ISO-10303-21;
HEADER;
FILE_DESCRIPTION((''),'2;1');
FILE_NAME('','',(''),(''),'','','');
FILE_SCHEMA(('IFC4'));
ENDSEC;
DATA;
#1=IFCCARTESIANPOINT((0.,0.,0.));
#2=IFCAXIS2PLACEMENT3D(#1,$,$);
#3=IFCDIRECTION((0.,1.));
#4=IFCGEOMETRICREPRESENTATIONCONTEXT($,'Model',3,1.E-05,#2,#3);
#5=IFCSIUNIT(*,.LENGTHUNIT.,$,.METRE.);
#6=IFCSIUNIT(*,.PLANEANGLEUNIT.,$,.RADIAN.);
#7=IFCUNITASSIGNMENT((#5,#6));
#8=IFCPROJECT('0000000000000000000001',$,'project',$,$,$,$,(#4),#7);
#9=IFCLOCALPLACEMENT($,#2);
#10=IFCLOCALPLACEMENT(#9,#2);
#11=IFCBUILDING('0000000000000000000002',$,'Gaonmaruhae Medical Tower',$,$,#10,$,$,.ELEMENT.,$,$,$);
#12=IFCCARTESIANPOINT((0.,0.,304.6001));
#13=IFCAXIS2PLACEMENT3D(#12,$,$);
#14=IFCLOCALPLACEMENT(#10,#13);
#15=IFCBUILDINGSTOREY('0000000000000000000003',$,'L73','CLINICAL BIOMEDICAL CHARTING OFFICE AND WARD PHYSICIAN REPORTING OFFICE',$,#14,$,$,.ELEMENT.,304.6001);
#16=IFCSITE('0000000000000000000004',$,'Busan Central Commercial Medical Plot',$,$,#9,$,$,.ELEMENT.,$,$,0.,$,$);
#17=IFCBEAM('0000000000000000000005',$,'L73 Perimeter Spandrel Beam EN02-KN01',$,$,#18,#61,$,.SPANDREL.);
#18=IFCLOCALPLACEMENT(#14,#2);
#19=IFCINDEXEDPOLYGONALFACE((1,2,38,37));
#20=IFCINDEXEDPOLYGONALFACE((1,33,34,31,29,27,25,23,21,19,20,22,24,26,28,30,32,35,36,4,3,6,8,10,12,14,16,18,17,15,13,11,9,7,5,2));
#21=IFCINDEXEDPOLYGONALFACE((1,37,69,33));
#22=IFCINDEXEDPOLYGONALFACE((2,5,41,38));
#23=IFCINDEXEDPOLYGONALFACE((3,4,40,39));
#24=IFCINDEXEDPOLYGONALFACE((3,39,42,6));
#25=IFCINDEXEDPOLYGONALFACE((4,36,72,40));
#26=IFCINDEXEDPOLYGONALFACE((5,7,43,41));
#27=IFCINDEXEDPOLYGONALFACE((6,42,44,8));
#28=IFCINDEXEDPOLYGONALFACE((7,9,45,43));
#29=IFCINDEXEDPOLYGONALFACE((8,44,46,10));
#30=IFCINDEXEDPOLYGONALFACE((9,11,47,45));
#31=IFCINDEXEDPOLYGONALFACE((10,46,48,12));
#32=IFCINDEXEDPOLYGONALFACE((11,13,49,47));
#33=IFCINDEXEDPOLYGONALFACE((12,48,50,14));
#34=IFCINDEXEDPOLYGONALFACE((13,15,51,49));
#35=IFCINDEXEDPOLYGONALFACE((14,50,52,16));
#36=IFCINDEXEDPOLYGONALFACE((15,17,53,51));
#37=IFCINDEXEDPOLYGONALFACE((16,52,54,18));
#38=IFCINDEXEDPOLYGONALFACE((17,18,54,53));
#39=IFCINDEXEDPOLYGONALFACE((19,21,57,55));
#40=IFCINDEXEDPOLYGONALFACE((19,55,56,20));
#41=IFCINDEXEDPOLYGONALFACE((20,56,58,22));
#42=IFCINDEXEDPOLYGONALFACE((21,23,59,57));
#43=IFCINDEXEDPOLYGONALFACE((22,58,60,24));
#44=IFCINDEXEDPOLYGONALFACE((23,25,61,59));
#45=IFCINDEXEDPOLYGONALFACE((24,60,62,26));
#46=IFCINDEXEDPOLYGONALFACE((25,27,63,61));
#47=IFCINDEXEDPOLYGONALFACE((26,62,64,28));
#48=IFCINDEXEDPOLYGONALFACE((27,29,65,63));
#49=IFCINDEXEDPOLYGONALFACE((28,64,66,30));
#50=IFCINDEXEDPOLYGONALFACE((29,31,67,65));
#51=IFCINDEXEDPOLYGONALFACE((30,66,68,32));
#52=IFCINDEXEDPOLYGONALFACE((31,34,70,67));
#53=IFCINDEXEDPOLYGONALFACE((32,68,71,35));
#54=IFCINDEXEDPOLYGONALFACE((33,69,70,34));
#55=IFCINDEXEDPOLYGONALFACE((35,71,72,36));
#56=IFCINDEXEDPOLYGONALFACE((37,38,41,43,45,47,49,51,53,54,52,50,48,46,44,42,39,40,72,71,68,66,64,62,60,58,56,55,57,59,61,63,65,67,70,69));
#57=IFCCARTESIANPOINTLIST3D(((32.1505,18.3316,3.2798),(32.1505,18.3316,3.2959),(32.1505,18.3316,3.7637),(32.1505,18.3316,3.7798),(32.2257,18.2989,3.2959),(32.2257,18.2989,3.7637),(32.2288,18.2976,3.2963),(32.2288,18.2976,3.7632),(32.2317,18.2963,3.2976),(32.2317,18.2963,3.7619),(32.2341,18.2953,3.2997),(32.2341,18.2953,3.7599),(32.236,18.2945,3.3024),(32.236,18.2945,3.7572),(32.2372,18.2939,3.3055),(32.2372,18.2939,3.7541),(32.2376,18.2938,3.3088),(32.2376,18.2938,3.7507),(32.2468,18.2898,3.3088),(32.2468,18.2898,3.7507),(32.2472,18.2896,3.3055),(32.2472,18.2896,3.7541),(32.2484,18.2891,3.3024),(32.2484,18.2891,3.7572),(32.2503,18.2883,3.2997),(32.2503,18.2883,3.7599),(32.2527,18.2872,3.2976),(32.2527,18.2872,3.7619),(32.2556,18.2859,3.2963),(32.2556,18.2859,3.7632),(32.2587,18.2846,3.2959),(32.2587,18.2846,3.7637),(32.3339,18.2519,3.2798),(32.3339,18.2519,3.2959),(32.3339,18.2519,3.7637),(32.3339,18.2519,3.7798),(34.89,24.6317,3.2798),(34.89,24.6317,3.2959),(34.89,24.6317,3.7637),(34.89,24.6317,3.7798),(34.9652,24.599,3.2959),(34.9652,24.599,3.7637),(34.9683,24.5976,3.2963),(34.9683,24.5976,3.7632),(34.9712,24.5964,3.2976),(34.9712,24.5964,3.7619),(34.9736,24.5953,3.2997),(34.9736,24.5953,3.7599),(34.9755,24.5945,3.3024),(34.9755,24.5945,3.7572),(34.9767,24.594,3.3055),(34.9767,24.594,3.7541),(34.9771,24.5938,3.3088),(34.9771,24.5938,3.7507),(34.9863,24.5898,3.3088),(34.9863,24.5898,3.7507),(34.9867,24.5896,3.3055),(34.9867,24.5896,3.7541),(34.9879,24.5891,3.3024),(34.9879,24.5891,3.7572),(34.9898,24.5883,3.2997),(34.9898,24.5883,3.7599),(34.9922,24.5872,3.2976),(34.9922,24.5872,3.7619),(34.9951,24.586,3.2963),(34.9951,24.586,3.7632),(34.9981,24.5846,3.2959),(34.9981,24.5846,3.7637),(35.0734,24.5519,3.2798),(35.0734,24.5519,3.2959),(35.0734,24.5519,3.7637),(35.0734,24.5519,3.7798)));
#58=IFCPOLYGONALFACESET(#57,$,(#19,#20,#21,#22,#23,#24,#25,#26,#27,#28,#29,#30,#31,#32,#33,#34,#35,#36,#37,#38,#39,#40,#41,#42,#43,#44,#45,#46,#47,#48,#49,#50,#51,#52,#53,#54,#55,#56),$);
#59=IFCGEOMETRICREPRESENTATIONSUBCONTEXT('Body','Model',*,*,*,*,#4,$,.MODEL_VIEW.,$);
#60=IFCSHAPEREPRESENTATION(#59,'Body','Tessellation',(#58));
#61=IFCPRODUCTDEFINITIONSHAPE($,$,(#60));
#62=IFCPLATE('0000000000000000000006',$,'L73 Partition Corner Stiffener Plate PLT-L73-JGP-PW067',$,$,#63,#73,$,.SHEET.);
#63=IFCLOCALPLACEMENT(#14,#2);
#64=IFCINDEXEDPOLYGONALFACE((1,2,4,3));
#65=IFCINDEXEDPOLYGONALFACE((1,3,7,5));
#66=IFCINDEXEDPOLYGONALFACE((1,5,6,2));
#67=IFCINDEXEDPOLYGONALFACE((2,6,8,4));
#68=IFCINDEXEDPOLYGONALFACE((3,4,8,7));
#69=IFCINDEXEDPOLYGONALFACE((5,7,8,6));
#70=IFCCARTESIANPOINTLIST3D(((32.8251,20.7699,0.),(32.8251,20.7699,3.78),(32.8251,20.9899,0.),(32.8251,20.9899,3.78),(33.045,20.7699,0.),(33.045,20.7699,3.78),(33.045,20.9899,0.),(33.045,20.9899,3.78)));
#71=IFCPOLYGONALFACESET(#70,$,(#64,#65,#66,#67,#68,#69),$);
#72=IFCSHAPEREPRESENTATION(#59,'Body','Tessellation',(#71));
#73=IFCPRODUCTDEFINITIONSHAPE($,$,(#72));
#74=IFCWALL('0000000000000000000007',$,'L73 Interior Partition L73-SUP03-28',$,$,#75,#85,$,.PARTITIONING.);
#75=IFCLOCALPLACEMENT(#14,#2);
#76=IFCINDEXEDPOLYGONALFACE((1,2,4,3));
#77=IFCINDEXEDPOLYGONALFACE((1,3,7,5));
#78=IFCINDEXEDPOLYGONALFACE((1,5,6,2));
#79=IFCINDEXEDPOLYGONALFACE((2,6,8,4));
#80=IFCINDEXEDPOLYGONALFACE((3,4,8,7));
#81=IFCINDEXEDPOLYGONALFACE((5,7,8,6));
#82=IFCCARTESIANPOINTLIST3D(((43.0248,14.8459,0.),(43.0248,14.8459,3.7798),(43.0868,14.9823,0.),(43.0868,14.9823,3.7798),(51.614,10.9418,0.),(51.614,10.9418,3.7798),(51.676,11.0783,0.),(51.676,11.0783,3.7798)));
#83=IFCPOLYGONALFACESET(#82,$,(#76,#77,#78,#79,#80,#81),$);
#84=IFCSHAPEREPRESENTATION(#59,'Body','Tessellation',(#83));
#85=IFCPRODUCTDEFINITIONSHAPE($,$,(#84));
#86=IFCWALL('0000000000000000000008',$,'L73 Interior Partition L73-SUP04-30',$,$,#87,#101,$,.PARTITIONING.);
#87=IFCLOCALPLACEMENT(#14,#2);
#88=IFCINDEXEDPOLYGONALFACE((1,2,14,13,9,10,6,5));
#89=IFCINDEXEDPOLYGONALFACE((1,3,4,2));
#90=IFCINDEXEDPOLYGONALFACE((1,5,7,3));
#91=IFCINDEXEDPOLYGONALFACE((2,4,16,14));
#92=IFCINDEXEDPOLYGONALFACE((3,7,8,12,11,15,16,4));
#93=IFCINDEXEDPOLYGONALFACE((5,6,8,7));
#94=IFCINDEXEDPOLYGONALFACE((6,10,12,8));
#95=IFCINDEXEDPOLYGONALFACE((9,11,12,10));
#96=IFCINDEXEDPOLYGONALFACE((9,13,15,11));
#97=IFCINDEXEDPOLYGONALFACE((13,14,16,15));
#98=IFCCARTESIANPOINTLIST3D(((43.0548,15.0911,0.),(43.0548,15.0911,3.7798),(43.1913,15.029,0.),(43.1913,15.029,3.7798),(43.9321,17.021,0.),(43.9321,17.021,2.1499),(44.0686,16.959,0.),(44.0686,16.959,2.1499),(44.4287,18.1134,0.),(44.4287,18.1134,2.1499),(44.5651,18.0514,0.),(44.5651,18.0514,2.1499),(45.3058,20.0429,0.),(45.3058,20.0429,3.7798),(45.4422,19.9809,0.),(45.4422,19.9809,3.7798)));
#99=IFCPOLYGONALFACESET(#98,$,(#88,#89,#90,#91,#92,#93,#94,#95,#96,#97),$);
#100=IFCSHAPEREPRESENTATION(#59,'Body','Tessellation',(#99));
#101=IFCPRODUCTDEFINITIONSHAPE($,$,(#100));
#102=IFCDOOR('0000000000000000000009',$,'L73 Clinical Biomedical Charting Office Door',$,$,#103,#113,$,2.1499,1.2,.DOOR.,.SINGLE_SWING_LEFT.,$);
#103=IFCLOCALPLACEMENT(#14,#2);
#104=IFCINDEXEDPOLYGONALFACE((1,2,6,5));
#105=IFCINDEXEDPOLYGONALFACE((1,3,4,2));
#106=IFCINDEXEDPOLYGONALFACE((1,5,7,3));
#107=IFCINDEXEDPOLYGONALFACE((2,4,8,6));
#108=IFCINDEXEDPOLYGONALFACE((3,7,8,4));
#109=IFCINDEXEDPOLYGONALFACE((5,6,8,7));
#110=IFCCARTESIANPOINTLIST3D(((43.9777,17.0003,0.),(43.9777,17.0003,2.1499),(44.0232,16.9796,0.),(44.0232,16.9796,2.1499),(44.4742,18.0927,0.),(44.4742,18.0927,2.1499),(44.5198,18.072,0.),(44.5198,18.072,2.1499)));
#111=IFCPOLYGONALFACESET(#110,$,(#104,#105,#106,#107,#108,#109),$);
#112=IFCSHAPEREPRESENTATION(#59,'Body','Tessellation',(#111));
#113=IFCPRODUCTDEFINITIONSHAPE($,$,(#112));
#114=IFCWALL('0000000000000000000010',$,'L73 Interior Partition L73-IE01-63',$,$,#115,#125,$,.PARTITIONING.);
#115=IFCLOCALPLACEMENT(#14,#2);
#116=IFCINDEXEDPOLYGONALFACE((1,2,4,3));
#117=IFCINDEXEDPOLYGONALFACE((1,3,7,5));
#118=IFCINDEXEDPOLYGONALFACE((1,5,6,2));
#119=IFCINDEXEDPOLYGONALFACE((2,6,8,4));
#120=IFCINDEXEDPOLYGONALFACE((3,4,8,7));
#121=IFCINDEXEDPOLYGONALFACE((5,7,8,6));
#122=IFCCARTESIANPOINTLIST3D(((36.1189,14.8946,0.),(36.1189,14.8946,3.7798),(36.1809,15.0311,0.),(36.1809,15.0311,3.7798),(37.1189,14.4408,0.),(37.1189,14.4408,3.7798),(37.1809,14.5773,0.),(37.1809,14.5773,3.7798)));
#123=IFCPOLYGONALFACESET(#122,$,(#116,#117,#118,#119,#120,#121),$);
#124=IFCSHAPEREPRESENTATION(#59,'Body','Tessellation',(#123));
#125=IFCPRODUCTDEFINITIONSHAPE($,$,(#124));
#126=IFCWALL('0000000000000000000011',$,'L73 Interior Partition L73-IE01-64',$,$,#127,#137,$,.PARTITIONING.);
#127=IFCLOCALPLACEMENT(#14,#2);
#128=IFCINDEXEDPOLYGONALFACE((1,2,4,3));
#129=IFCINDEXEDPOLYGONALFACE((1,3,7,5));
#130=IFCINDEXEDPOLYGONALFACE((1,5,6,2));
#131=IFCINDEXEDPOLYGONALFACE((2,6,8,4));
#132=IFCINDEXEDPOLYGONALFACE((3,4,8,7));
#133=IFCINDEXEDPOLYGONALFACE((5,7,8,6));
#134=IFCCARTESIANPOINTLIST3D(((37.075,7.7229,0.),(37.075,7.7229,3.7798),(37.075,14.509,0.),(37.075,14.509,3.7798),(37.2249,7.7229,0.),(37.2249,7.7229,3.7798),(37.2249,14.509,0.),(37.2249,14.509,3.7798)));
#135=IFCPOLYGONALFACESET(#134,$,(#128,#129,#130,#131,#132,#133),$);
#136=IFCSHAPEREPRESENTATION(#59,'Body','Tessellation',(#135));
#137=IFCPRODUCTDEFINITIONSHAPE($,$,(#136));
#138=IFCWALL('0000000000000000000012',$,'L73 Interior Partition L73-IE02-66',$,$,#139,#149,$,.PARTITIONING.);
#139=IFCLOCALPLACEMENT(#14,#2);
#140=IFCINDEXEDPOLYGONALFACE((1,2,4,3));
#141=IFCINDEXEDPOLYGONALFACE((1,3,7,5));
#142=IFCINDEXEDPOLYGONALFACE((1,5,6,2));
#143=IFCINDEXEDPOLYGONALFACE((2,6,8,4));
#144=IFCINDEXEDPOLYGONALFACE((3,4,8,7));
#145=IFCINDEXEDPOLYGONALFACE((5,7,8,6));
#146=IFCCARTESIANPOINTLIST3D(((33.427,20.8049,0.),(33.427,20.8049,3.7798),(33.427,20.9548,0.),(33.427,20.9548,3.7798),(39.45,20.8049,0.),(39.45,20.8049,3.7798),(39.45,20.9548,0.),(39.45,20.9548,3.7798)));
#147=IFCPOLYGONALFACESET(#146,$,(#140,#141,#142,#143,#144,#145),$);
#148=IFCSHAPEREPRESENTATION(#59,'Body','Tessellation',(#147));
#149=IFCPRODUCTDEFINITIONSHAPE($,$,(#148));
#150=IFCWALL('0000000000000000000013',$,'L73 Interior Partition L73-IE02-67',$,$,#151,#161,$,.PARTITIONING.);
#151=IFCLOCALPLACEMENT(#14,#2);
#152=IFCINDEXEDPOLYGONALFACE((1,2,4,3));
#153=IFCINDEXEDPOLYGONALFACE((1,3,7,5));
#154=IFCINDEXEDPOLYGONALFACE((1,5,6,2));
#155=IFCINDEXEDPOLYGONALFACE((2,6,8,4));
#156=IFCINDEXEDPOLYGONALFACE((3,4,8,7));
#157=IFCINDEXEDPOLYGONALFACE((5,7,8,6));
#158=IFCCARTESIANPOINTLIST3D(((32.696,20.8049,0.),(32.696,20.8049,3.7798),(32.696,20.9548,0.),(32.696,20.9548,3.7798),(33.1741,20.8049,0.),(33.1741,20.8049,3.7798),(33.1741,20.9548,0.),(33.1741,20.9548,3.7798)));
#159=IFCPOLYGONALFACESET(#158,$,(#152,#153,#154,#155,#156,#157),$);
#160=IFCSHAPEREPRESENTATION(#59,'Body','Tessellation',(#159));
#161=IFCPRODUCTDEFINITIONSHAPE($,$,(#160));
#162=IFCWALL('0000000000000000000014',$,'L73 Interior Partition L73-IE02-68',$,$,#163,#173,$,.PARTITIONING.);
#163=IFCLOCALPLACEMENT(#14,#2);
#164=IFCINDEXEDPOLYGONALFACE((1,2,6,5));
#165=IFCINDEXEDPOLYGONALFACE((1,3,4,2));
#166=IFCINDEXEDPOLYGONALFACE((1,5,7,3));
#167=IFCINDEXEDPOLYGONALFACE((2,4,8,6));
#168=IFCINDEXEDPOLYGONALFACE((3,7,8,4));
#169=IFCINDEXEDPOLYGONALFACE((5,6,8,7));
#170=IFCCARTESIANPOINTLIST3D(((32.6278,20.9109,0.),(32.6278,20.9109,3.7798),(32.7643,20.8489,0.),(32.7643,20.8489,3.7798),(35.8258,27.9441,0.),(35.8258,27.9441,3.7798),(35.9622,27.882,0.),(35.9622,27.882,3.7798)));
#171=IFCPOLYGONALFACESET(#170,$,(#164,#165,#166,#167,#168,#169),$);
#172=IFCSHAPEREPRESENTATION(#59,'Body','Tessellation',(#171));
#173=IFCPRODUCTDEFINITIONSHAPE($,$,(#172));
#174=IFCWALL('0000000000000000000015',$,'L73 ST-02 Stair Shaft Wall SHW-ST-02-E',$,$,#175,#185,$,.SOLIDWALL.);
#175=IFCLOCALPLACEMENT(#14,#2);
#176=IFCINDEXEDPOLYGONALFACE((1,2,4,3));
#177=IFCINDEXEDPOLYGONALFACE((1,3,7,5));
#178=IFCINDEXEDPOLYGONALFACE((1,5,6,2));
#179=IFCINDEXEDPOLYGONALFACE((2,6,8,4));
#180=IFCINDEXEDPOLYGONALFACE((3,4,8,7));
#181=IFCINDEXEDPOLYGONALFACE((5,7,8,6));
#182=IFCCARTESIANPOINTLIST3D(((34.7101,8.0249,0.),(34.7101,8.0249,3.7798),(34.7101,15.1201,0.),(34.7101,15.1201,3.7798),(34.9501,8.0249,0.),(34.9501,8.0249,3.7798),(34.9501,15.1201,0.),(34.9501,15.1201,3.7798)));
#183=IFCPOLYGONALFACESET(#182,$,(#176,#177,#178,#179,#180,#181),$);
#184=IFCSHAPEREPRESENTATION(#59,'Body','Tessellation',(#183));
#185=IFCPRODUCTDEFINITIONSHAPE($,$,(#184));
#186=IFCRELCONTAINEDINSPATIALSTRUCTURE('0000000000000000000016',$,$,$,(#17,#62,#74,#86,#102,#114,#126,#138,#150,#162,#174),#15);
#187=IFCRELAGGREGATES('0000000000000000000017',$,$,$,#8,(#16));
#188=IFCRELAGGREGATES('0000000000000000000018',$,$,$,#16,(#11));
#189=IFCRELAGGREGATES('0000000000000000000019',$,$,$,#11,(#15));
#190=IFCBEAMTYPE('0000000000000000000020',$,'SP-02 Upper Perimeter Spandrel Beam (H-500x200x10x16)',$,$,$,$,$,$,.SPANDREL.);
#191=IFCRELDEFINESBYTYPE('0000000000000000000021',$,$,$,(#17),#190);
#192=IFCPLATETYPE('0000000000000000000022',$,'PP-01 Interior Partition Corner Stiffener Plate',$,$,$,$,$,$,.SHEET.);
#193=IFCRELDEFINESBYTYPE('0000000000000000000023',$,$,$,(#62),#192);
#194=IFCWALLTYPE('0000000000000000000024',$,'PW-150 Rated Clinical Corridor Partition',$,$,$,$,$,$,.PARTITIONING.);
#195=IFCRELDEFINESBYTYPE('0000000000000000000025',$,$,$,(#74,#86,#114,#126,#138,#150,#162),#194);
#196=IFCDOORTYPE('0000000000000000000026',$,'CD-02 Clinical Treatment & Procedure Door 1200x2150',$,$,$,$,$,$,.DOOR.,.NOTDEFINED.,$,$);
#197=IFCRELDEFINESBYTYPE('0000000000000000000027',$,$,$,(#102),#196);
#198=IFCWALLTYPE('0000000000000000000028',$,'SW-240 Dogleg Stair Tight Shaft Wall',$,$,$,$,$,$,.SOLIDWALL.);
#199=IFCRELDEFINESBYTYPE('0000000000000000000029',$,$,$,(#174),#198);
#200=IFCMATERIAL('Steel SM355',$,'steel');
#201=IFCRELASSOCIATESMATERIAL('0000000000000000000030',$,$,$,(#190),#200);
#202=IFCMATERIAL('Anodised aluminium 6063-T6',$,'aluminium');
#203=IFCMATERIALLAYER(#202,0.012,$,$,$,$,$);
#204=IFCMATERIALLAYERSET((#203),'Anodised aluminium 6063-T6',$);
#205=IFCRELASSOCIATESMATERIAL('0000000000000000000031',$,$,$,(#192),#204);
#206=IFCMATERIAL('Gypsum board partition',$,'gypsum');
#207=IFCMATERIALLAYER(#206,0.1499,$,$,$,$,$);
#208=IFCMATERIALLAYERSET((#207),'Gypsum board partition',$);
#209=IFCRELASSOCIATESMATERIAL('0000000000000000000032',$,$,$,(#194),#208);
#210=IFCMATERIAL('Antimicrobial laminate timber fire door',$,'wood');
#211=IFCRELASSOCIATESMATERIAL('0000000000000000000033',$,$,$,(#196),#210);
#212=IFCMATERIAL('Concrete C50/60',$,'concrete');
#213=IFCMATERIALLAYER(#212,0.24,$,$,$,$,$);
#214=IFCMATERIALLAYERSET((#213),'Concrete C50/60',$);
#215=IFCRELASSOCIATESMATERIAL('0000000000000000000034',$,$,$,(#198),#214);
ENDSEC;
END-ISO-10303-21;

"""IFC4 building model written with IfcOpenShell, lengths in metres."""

from ifc_helpers import new_model, si_unit, direction, frame, frame_2d, origin, origin_2d, place, context, subcontext, project, spatial, rectangle, i_section, extrude, material, layer, layer_set, material_profile, profile_set, type_object, element, fill, save


model = new_model("IFC4")

# Units and contexts
model_context = context("Model", 3, precision=1e-05, world=origin(), true_north=direction((0.0, 1.0)))
body_context = subcontext(model_context, "Body", "Model", "MODEL_VIEW")
ifc_project = project(units=[si_unit("LENGTHUNIT", "METRE"), si_unit("PLANEANGLEUNIT", "RADIAN")], contexts=[model_context])

# Site, building, storey
site_placement = place(None, origin())
site = spatial("IfcSite", under=ifc_project, at=site_placement, Name="Busan Central Commercial Medical Plot", CompositionType="ELEMENT", RefElevation=0.0)
building_placement = place(site_placement, origin())
building = spatial("IfcBuilding", under=site, at=building_placement, Name="Gaonmaruhae Medical Tower", CompositionType="ELEMENT")
storey_placement = place(building_placement, frame((0.0, 0.0, 304.6001)))
storey = spatial("IfcBuildingStorey", under=building, at=storey_placement, Name="L73", Description="CLINICAL BIOMEDICAL CHARTING OFFICE AND WARD PHYSICIAN REPORTING OFFICE", CompositionType="ELEMENT", Elevation=304.6001)

# Shared definitions
ifc_material_1 = material(Name="Concrete C50/60", Category="concrete")

# Beam
ifc_material_2 = material(Name="Steel SM355", Category="steel")
ifc_material_profile_1 = material_profile(ifc_material_2, i_section(OverallWidth=0.2, OverallDepth=0.5, WebThickness=0.01, FlangeThickness=0.0161, FilletRadius=0.0129, at=origin_2d()), Name="H-500x200x10x16")
ifc_profile_set_1 = profile_set([ifc_material_profile_1], Name="Steel SM355")
beam_type_1 = type_object("IfcBeamType", Name="SP-02 Upper Perimeter Spandrel Beam (H-500x200x10x16)", PredefinedType="SPANDREL", material=ifc_profile_set_1)
beam_1_placement = place(storey_placement, frame((34.9817, 24.5918, 3.5298), z_axis=(-0.398769, -0.917051, 0.0), x_axis=(0.917051, -0.398769, 0.0)))
element("IfcBeam", 1, at=beam_1_placement, inside=storey, type_object=beam_type_1, Name="L73 Perimeter Spandrel Beam EN02-KN01", PredefinedType="SPANDREL", context=body_context, shape_type="SweptSolid", body=[
    extrude(i_section(OverallWidth=0.2, OverallDepth=0.5, WebThickness=0.01, FlangeThickness=0.0161, FilletRadius=0.0129, at=origin_2d()), origin(), (0.0, 0.0, 1.0), 6.8699),
])

# Plate
ifc_material_3 = material(Name="Anodised aluminium 6063-T6", Category="aluminium")
ifc_layer_1 = layer(ifc_material_3, 0.012)
ifc_layer_set_1 = layer_set([ifc_layer_1], Name="Anodised aluminium 6063-T6")
plate_type = type_object("IfcPlateType", Name="PP-01 Interior Partition Corner Stiffener Plate", PredefinedType="SHEET", material=ifc_layer_set_1)
plate_placement = place(storey_placement, frame((32.9351, 20.8799, 0.0), z_axis=(0.0, 0.0, 1.0), x_axis=(-1.0, 0.0, 0.0)))
element("IfcPlate", 2, at=plate_placement, inside=storey, type_object=plate_type, Name="L73 Partition Corner Stiffener Plate PLT-L73-JGP-PW067", PredefinedType="SHEET", context=body_context, shape_type="SweptSolid", body=[
    extrude(rectangle(XDim=0.22, YDim=0.22, at=origin_2d()), origin(), (0.0, 0.0, 1.0), 3.78),
])

# Wall
ifc_material_4 = material(Name="Gypsum board partition", Category="gypsum")
ifc_layer_2 = layer(ifc_material_4, 0.1499)
ifc_layer_set_2 = layer_set([ifc_layer_2], Name="Gypsum board partition")
wall_type_1 = type_object("IfcWallType", Name="PW-150 Rated Clinical Corridor Partition", PredefinedType="PARTITIONING", material=ifc_layer_set_2)
wall_1_placement = place(storey_placement, frame((43.0559, 14.9141, 0.0), z_axis=(0.0, 0.0, 1.0), x_axis=(0.91037, -0.413795, 0.0)))
element("IfcWall", 3, at=wall_1_placement, inside=storey, type_object=wall_type_1, Name="L73 Interior Partition L73-SUP03-28", PredefinedType="PARTITIONING", context=body_context, shape_type="SweptSolid", body=[
    extrude(rectangle(XDim=9.4348, YDim=0.1499, at=frame_2d((4.7173, 0.0))), origin(), (0.0, 0.0, 1.0), 3.7798),
])

# Wall, opening, door
wall_2_placement = place(storey_placement, frame((43.123, 15.0601, 0.0), z_axis=(0.0, 0.0, 1.0), x_axis=(0.41382, 0.910359, 0.0)))
wall_2 = element("IfcWall", 4, at=wall_2_placement, inside=storey, type_object=wall_type_1, Name="L73 Interior Partition L73-SUP04-30", PredefinedType="PARTITIONING", context=body_context, shape_type="SweptSolid", body=[
    extrude(rectangle(XDim=5.4395, YDim=0.1499, at=frame_2d((2.7197, 0.0))), origin(), (0.0, 0.0, 1.0), 3.7798),
])
opening_placement = place(wall_2_placement, frame((2.1199, 0.0, 0.0)))
opening = element("IfcOpeningElement", 5, at=opening_placement, cuts=wall_2, PredefinedType="OPENING", context=body_context, shape_type="SweptSolid", body=[
    extrude(rectangle(XDim=1.2, YDim=2.1499, at=frame_2d((0.6001, 1.075))), frame((0.0, 0.085, 0.0), z_axis=(0.0, -1.0, 0.0), x_axis=(1.0, 0.0, 0.0)), (0.0, 0.0, 1.0), 0.1699),
])
ifc_material_5 = material(Name="Antimicrobial laminate timber fire door", Category="wood")
door_type = type_object("IfcDoorType", Name="CD-02 Clinical Treatment & Procedure Door 1200x2150", OperationType="NOTDEFINED", PredefinedType="DOOR", material=ifc_material_5)
door_placement = place(opening_placement, origin())
door = element("IfcDoor", 6, at=door_placement, inside=storey, type_object=door_type, Name="L73 Clinical Biomedical Charting Office Door", OperationType="SINGLE_SWING_LEFT", OverallHeight=2.1499, OverallWidth=1.2, PredefinedType="DOOR", context=body_context, shape_type="SweptSolid", body=[
    extrude(rectangle(XDim=1.2, YDim=2.1499, at=frame_2d((0.6001, 1.075))), frame((0.0, 0.0249, 0.0), z_axis=(0.0, -1.0, 0.0), x_axis=(1.0, 0.0, 0.0)), (0.0, 0.0, 1.0), 0.05),
])
fill(opening, door)

# Walls
wall_3_placement = place(storey_placement, frame((36.1499, 14.9629, 0.0), z_axis=(0.0, 0.0, 1.0), x_axis=(0.910602, -0.413284, 0.0)))
element("IfcWall", 7, at=wall_3_placement, inside=storey, type_object=wall_type_1, Name="L73 Interior Partition L73-IE01-63", PredefinedType="PARTITIONING", context=body_context, shape_type="SweptSolid", body=[
    extrude(rectangle(XDim=1.0981, YDim=0.1499, at=frame_2d((0.5491, 0.0))), origin(), (0.0, 0.0, 1.0), 3.7798),
])
wall_4_placement = place(storey_placement, frame((37.1499, 14.509, 0.0), z_axis=(0.0, 0.0, 1.0), x_axis=(0.0, -1.0, 0.0)))
element("IfcWall", 8, at=wall_4_placement, inside=storey, type_object=wall_type_1, Name="L73 Interior Partition L73-IE01-64", PredefinedType="PARTITIONING", context=body_context, shape_type="SweptSolid", body=[
    extrude(rectangle(XDim=6.7861, YDim=0.1499, at=frame_2d((3.3931, 0.0))), origin(), (0.0, 0.0, 1.0), 3.7798),
])
wall_5_placement = place(storey_placement, frame((39.45, 20.8799, 0.0), z_axis=(0.0, 0.0, 1.0), x_axis=(-1.0, 0.0, 0.0)))
element("IfcWall", 9, at=wall_5_placement, inside=storey, type_object=wall_type_1, Name="L73 Interior Partition L73-IE02-66", PredefinedType="PARTITIONING", context=body_context, shape_type="SweptSolid", body=[
    extrude(rectangle(XDim=6.0229, YDim=0.1499, at=frame_2d((3.0115, 0.0))), origin(), (0.0, 0.0, 1.0), 3.7798),
])
wall_6_placement = place(storey_placement, frame((33.1741, 20.8799, 0.0), z_axis=(0.0, 0.0, 1.0), x_axis=(-1.0, 0.0, 0.0)))
element("IfcWall", 10, at=wall_6_placement, inside=storey, type_object=wall_type_1, Name="L73 Interior Partition L73-IE02-67", PredefinedType="PARTITIONING", context=body_context, shape_type="SweptSolid", body=[
    extrude(rectangle(XDim=0.478, YDim=0.1499, at=frame_2d((0.239, 0.0))), origin(), (0.0, 0.0, 1.0), 3.7798),
])
wall_7_placement = place(storey_placement, frame((32.696, 20.8799, 0.0), z_axis=(0.0, 0.0, 1.0), x_axis=(0.41392, 0.910313, 0.0)))
element("IfcWall", 11, at=wall_7_placement, inside=storey, type_object=wall_type_1, Name="L73 Interior Partition L73-IE02-68", PredefinedType="PARTITIONING", context=body_context, shape_type="SweptSolid", body=[
    extrude(rectangle(XDim=7.7261, YDim=0.1499, at=frame_2d((3.863, 0.0))), origin(), (0.0, 0.0, 1.0), 3.7798),
])
ifc_layer_3 = layer(ifc_material_1, 0.24)
ifc_layer_set_3 = layer_set([ifc_layer_3], Name="Concrete C50/60")
wall_type_2 = type_object("IfcWallType", Name="SW-240 Dogleg Stair Tight Shaft Wall", PredefinedType="SOLIDWALL", material=ifc_layer_set_3)
wall_8_placement = place(storey_placement, frame((34.8301, 15.1201, 0.0), z_axis=(0.0, 0.0, 1.0), x_axis=(0.0, -1.0, 0.0)))
element("IfcWall", 12, at=wall_8_placement, inside=storey, type_object=wall_type_2, Name="L73 ST-02 Stair Shaft Wall SHW-ST-02-E", PredefinedType="SOLIDWALL", context=body_context, shape_type="SweptSolid", body=[
    extrude(rectangle(XDim=7.0952, YDim=0.24, at=frame_2d((3.5476, 0.0))), origin(), (0.0, 0.0, 1.0), 3.7798),
])

save(model, "model.ifc")
